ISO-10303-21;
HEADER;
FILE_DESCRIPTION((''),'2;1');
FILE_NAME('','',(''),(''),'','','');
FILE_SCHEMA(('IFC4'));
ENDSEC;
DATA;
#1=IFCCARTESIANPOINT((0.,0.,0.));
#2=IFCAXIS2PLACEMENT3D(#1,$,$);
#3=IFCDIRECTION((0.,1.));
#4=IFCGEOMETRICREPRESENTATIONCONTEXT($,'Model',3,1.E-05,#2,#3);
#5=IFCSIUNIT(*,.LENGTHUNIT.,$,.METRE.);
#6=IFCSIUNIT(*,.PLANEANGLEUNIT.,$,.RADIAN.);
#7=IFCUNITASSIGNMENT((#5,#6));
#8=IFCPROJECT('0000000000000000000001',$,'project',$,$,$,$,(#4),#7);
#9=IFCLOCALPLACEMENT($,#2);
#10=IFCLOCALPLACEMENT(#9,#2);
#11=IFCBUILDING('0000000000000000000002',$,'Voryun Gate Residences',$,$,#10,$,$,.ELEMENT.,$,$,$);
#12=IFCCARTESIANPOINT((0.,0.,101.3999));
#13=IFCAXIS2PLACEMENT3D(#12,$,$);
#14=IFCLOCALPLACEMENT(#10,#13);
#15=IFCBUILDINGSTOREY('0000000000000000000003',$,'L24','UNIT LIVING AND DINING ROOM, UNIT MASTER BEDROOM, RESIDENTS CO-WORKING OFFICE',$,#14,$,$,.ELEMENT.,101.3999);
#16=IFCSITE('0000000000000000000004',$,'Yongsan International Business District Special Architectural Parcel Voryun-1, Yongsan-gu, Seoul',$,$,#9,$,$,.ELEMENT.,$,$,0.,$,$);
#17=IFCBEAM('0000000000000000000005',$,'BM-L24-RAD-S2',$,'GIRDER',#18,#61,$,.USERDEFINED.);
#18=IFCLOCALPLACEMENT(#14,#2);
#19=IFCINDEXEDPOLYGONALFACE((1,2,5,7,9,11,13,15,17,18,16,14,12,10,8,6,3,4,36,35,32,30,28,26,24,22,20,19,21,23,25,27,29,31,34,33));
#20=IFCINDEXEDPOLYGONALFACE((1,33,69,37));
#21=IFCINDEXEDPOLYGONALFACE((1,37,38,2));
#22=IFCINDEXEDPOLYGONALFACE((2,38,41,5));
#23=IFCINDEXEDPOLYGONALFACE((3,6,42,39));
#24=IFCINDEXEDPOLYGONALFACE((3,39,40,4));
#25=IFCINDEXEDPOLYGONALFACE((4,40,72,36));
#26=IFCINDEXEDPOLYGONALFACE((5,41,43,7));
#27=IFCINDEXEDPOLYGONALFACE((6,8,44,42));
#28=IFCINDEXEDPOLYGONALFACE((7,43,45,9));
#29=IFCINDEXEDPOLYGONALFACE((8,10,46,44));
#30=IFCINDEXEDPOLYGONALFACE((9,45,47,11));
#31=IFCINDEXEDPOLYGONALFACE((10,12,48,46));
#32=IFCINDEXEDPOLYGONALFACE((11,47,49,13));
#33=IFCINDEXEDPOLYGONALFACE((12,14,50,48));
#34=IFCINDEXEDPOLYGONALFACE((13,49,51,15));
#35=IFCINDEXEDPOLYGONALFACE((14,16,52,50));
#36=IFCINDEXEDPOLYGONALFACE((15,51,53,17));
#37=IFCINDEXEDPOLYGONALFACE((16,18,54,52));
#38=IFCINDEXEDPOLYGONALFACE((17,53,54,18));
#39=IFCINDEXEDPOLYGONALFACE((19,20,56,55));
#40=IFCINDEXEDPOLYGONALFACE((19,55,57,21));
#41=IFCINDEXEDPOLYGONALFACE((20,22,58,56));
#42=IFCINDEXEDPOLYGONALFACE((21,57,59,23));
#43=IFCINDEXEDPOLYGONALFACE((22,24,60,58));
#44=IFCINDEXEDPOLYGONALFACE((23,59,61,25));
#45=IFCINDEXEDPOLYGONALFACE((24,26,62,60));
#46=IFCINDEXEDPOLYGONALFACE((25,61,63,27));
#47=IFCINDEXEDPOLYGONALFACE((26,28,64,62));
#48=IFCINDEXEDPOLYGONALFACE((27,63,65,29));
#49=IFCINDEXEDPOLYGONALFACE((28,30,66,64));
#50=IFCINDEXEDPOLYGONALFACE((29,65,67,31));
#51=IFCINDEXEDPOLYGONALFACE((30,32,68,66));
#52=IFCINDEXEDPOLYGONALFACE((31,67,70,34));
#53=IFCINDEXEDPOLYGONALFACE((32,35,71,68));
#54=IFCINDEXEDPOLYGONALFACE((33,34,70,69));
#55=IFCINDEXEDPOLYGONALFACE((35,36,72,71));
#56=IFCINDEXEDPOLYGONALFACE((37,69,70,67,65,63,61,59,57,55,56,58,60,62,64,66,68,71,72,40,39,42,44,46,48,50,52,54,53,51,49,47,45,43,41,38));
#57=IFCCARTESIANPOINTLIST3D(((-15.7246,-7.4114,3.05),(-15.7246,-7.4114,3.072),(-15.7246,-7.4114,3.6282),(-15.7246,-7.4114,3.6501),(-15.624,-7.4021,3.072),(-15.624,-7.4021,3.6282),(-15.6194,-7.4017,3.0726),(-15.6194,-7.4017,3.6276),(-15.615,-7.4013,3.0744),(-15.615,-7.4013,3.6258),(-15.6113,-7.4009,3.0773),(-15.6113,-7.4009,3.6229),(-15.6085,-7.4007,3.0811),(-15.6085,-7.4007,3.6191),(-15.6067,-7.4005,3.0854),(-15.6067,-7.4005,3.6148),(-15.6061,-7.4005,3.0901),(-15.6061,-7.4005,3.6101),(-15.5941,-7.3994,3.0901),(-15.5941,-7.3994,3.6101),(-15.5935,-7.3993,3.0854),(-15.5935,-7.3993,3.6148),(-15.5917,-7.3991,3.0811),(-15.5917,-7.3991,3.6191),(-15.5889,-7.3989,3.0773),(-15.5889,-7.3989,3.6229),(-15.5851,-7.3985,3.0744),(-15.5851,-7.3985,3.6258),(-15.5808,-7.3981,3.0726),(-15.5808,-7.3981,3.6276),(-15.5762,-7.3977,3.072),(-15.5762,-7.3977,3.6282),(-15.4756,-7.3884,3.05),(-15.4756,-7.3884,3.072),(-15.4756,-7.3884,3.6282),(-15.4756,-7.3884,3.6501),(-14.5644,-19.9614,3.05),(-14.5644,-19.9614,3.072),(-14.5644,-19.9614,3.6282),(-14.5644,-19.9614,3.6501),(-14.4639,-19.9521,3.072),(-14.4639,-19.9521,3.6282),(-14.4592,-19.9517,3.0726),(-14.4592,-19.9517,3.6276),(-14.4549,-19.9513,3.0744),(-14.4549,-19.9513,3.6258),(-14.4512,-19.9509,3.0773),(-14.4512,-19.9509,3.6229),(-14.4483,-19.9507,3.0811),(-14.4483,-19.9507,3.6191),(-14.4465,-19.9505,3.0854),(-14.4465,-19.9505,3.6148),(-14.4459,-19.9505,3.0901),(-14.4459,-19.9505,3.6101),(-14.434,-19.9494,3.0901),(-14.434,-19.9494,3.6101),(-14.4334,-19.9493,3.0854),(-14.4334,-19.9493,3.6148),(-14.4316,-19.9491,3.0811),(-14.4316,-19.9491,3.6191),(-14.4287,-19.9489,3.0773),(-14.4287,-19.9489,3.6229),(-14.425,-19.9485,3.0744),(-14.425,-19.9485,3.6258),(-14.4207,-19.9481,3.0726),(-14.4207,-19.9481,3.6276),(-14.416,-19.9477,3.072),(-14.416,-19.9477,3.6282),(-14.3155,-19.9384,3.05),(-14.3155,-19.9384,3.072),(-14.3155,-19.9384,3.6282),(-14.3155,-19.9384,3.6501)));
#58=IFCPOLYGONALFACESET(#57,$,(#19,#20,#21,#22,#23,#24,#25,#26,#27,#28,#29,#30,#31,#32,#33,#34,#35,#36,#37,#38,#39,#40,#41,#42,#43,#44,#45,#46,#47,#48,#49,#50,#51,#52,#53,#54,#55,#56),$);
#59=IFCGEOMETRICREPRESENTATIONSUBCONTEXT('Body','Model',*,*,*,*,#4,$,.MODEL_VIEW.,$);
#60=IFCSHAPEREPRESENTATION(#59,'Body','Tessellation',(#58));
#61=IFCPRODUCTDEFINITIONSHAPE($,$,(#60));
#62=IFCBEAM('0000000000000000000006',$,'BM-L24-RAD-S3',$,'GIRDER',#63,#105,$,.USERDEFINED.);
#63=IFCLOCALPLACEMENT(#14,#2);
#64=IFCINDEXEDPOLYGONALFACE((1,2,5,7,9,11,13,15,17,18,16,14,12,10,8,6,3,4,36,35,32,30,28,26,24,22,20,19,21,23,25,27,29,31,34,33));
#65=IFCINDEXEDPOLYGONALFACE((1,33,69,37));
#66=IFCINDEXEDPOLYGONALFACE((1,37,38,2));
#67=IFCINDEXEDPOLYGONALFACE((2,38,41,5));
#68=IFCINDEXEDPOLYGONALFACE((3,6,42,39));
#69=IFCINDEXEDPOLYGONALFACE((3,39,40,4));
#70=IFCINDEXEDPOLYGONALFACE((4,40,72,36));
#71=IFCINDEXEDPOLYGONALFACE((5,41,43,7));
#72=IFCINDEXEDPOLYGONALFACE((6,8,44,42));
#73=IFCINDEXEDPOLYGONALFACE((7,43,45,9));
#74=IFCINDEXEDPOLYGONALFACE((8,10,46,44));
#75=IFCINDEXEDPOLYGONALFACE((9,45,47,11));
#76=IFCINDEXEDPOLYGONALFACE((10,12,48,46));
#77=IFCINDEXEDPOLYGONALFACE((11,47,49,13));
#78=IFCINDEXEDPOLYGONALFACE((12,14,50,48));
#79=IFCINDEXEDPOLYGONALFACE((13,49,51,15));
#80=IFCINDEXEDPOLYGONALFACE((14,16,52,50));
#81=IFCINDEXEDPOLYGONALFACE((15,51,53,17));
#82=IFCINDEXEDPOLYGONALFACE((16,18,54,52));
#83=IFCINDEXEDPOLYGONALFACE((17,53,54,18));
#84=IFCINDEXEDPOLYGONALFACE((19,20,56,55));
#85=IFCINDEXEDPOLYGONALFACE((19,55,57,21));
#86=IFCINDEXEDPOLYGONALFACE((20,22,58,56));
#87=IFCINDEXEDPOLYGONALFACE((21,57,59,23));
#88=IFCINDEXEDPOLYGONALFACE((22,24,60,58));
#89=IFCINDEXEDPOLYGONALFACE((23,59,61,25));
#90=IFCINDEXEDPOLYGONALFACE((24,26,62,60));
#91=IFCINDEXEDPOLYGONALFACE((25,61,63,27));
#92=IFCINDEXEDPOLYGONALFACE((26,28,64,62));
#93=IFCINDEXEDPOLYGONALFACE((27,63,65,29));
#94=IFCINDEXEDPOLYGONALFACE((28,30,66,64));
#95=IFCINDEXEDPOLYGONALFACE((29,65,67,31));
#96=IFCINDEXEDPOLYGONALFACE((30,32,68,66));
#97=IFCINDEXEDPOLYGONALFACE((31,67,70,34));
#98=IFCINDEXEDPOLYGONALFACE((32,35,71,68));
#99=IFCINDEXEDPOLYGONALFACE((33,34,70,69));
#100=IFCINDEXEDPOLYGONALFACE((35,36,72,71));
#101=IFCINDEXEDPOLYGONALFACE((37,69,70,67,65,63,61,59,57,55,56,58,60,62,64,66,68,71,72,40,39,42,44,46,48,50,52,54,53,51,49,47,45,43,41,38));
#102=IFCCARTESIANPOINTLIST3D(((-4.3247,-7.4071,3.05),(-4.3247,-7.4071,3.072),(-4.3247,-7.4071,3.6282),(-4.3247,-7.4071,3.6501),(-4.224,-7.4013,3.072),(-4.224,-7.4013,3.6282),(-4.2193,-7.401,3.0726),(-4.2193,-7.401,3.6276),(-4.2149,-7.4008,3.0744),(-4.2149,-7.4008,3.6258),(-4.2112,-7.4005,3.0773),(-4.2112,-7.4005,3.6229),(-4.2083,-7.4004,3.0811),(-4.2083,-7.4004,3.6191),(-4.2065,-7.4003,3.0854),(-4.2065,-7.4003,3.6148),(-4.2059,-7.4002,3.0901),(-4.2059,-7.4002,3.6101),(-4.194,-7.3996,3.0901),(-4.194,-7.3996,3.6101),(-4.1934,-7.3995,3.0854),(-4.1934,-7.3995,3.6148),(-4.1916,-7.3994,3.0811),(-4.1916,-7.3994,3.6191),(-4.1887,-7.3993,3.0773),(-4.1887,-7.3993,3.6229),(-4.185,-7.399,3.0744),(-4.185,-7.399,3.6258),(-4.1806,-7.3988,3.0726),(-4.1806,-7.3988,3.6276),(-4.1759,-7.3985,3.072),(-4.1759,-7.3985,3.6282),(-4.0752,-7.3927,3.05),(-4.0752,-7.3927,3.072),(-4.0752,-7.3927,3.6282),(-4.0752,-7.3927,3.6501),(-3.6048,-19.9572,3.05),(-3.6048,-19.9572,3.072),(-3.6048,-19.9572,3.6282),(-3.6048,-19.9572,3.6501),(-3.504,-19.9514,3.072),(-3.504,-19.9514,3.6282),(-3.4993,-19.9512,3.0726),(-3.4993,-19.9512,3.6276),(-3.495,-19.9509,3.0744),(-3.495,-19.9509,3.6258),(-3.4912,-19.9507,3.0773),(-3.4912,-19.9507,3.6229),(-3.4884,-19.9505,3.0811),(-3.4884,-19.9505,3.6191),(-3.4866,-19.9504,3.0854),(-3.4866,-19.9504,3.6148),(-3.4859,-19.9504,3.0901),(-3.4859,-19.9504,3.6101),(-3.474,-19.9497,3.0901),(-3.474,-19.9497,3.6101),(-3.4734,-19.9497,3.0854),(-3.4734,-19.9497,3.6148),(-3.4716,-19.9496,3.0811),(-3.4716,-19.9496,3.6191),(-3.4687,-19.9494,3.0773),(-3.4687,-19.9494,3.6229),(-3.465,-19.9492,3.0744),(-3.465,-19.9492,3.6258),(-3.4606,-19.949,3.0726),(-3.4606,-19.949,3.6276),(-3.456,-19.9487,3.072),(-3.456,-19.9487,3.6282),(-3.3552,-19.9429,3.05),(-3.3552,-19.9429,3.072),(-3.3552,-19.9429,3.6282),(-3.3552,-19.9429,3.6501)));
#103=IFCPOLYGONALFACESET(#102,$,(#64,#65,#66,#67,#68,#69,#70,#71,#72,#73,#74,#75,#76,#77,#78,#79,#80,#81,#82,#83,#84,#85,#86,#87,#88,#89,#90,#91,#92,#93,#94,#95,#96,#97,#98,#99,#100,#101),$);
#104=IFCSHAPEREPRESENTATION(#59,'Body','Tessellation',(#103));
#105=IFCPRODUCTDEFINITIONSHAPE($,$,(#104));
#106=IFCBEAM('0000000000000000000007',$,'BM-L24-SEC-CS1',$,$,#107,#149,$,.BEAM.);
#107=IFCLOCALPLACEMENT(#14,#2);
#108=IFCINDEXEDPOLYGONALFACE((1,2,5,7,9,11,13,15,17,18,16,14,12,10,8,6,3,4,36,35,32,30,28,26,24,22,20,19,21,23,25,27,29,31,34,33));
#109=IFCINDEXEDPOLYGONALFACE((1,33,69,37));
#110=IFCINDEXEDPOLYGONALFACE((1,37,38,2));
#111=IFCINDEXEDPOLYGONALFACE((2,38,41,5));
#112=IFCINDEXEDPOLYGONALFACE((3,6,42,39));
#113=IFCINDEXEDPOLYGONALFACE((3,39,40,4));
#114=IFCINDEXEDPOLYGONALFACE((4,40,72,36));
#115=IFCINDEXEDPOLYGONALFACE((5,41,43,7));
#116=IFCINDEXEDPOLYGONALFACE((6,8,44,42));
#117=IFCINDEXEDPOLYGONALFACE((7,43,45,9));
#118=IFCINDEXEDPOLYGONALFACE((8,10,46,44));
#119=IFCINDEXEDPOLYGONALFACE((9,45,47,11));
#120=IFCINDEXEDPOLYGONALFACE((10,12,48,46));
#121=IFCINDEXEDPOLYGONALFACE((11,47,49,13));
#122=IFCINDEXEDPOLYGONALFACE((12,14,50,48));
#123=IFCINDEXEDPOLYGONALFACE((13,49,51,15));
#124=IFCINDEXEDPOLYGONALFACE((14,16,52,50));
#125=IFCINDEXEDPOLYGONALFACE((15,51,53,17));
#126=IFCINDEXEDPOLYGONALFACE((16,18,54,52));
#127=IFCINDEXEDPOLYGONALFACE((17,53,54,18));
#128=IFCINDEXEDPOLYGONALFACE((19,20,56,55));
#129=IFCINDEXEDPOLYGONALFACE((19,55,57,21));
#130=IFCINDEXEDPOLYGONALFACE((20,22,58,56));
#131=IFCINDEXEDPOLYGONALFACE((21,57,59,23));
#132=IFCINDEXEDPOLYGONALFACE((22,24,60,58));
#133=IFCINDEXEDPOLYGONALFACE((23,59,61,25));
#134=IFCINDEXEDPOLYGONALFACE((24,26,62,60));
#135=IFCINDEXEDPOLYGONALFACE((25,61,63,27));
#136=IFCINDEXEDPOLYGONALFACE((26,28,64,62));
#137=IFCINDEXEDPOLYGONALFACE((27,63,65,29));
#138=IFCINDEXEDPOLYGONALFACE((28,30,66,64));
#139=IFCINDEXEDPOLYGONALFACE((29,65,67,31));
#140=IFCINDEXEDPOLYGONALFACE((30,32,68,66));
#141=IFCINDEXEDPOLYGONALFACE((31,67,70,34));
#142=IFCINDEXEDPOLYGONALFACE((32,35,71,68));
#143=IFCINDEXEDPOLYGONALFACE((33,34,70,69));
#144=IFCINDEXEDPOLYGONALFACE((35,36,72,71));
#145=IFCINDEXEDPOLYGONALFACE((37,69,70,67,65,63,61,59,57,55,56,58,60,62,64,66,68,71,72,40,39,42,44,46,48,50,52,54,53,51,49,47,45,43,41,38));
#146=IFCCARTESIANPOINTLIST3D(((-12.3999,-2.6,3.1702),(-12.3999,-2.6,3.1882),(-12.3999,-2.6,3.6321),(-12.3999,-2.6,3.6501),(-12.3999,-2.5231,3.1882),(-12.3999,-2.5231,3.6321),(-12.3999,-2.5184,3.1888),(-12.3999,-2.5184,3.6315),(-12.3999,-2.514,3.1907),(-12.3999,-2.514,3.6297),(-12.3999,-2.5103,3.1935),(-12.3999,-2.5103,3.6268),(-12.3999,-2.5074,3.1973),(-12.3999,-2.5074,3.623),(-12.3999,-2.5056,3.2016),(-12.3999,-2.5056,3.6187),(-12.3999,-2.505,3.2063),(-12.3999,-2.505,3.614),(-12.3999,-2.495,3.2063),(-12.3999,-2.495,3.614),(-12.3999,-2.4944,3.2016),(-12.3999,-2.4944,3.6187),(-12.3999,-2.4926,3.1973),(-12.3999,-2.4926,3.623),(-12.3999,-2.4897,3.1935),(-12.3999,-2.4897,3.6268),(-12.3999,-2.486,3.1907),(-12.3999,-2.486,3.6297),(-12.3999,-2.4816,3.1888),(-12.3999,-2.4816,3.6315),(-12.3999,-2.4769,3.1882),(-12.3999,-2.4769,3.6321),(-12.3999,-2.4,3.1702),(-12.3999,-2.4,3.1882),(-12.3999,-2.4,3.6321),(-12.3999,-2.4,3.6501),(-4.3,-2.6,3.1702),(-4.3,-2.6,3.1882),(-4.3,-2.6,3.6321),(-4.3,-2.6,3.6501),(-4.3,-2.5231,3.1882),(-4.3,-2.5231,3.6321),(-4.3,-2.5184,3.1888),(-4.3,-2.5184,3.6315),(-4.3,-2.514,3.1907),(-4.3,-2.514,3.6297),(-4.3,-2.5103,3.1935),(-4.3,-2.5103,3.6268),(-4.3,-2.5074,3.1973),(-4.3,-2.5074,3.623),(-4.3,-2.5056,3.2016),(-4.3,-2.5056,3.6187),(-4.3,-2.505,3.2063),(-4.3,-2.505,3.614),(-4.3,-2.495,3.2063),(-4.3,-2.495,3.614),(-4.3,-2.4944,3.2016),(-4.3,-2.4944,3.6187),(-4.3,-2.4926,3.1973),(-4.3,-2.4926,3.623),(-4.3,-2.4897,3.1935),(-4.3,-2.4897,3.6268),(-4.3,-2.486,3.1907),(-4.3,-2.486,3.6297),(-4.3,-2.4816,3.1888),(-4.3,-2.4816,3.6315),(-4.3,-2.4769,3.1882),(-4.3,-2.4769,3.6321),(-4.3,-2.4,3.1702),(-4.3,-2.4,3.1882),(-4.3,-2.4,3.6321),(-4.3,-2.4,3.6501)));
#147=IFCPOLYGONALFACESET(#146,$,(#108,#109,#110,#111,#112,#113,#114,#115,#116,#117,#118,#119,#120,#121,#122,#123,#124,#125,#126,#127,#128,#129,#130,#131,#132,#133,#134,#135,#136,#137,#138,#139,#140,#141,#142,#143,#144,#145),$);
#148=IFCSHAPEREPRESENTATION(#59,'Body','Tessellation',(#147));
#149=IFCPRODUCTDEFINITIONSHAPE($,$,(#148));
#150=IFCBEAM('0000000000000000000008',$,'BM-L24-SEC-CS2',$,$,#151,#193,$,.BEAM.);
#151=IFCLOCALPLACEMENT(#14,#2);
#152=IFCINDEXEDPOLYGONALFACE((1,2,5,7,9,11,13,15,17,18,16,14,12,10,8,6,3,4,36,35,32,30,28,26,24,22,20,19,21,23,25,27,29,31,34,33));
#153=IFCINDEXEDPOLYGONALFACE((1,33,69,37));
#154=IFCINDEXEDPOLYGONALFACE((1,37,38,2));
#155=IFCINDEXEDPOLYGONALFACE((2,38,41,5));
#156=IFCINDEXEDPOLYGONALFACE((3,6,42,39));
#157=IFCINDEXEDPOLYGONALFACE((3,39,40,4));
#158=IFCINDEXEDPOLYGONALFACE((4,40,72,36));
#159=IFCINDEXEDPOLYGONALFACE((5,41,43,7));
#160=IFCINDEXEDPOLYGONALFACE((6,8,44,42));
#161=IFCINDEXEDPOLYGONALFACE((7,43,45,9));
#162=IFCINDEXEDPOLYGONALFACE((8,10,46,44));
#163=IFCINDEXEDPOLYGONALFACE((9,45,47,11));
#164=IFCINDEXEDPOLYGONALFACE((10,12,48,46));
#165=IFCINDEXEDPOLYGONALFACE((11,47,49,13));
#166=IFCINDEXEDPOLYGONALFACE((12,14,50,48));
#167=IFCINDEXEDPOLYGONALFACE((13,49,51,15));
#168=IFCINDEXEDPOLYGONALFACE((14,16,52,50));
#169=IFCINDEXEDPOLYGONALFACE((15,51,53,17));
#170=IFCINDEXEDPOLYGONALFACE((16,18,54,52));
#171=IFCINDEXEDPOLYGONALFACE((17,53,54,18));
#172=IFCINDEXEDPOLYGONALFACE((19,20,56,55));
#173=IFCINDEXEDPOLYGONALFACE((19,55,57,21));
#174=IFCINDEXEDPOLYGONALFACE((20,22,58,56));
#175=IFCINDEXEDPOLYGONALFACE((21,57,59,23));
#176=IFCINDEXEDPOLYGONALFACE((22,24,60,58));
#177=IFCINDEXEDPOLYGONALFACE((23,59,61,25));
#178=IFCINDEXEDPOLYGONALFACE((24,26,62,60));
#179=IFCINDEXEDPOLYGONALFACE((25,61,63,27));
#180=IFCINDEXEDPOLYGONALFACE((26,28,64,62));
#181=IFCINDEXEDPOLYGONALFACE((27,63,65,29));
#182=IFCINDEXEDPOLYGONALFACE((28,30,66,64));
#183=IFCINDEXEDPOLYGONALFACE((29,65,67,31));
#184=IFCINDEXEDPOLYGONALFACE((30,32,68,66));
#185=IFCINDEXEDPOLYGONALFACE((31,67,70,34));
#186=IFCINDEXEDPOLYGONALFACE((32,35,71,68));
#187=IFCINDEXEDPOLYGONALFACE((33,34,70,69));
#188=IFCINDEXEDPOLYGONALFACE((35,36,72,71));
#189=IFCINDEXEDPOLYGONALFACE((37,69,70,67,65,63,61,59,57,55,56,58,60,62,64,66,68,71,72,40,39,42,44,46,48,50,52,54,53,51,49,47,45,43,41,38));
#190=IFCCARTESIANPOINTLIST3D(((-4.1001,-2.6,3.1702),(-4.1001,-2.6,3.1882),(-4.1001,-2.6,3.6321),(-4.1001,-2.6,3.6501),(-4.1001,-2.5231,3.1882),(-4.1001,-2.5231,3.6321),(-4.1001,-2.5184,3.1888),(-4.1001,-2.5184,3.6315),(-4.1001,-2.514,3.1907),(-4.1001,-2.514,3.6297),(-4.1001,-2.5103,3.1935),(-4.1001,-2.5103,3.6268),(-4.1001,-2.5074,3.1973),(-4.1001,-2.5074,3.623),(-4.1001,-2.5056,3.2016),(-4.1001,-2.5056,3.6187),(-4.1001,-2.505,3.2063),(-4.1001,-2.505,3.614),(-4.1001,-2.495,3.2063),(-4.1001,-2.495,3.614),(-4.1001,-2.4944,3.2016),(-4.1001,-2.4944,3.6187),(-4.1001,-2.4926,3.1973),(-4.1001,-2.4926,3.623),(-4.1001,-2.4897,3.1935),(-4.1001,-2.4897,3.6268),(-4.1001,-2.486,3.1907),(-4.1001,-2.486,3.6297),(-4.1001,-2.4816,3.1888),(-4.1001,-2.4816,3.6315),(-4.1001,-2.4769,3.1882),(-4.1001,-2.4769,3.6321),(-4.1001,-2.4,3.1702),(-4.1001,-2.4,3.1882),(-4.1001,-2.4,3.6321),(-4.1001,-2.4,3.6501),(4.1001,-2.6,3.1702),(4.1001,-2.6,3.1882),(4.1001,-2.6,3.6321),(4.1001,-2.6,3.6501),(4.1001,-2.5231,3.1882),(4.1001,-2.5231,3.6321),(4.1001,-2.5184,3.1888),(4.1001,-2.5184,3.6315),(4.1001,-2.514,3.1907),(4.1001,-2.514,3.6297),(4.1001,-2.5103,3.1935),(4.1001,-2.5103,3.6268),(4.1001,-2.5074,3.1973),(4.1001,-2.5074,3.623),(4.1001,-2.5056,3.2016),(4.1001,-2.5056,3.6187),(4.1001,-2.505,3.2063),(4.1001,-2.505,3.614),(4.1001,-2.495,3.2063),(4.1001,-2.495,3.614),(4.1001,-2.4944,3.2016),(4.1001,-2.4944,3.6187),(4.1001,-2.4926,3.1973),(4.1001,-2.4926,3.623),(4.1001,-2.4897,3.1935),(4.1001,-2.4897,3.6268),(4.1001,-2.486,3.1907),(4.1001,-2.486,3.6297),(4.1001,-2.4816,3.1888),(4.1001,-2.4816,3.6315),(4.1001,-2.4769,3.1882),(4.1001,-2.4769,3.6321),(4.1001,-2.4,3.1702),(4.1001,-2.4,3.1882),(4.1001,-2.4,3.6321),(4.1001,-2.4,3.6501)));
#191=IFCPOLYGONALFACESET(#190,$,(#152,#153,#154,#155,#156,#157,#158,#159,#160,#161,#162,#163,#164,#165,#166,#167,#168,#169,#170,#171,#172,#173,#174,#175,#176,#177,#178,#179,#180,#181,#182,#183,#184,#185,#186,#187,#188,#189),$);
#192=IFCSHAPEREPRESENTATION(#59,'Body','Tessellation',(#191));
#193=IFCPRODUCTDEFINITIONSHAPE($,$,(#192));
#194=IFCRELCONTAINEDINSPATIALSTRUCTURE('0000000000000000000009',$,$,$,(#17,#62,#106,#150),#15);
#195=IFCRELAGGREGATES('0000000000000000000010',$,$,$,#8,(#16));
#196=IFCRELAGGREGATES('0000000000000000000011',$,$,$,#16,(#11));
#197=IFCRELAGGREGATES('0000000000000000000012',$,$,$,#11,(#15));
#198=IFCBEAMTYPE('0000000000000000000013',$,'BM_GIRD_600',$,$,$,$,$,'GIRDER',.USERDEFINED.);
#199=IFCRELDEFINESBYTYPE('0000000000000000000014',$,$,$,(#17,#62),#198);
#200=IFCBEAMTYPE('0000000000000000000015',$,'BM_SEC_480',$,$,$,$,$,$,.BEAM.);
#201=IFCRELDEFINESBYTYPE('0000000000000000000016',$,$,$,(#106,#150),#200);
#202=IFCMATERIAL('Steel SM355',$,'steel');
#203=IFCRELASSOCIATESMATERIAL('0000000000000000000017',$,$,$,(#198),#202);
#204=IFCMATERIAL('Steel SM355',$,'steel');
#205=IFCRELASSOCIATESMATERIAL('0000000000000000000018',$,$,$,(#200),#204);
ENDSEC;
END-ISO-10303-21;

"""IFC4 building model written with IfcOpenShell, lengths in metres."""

from ifc_helpers import new_model, si_unit, direction, frame, origin, origin_2d, place, context, subcontext, project, spatial, i_section, extrude, material, material_profile, profile_set, type_object, element, save


model = new_model("IFC4")

# Units and contexts
model_context = context("Model", 3, precision=1e-05, world=origin(), true_north=direction((0.0, 1.0)))
body_context = subcontext(model_context, "Body", "Model", "MODEL_VIEW")
ifc_project = project(units=[si_unit("LENGTHUNIT", "METRE"), si_unit("PLANEANGLEUNIT", "RADIAN")], contexts=[model_context])

# Site, building, storey
site_placement = place(None, origin())
site = spatial("IfcSite", under=ifc_project, at=site_placement, Name="Yongsan International Business District Special Architectural Parcel Voryun-1, Yongsan-gu, Seoul", CompositionType="ELEMENT", RefElevation=0.0)
building_placement = place(site_placement, origin())
building = spatial("IfcBuilding", under=site, at=building_placement, Name="Voryun Gate Residences", CompositionType="ELEMENT")
storey_placement = place(building_placement, frame((0.0, 0.0, 101.3999)))
storey = spatial("IfcBuildingStorey", under=building, at=storey_placement, Name="L24", Description="UNIT LIVING AND DINING ROOM, UNIT MASTER BEDROOM, RESIDENTS CO-WORKING OFFICE", CompositionType="ELEMENT", Elevation=101.3999)

# Beams
ifc_material_1 = material(Name="Steel SM355", Category="steel")
ifc_material_profile_1 = material_profile(ifc_material_1, i_section(OverallWidth=0.25, OverallDepth=0.6001, WebThickness=0.012, FlangeThickness=0.022, FilletRadius=0.0181, at=origin_2d()), Name="H-600x250x12x22")
ifc_profile_set_1 = profile_set([ifc_material_profile_1], Name="Steel SM355")
beam_type_1 = type_object("IfcBeamType", Name="BM_GIRD_600", ElementType="GIRDER", PredefinedType="USERDEFINED", material=ifc_profile_set_1)
beam_1_placement = place(storey_placement, frame((-15.6001, -7.3999, 3.3501), z_axis=(0.09205, -0.995754, 0.0), x_axis=(0.995754, 0.09205, 0.0)))
element("IfcBeam", 1, at=beam_1_placement, inside=storey, type_object=beam_type_1, Name="BM-L24-RAD-S2", ObjectType="GIRDER", PredefinedType="USERDEFINED", context=body_context, shape_type="SweptSolid", body=[
    extrude(i_section(OverallWidth=0.25, OverallDepth=0.6001, WebThickness=0.012, FlangeThickness=0.022, FilletRadius=0.0181, at=origin_2d()), origin(), (0.0, 0.0, 1.0), 12.6035),
])
beam_2_placement = place(storey_placement, frame((-4.2, -7.3999, 3.3501), z_axis=(0.057274, -0.998359, 0.0), x_axis=(0.998359, 0.057274, 0.0)))
element("IfcBeam", 2, at=beam_2_placement, inside=storey, type_object=beam_type_1, Name="BM-L24-RAD-S3", ObjectType="GIRDER", PredefinedType="USERDEFINED", context=body_context, shape_type="SweptSolid", body=[
    extrude(i_section(OverallWidth=0.25, OverallDepth=0.6001, WebThickness=0.012, FlangeThickness=0.022, FilletRadius=0.0181, at=origin_2d()), origin(), (0.0, 0.0, 1.0), 12.5708),
])
ifc_material_2 = material(Name="Steel SM355", Category="steel")
ifc_material_profile_2 = material_profile(ifc_material_2, i_section(OverallWidth=0.2, OverallDepth=0.48, WebThickness=0.01, FlangeThickness=0.0181, FilletRadius=0.0181, at=origin_2d()), Name="H-480x200x10x18")
ifc_profile_set_2 = profile_set([ifc_material_profile_2], Name="Steel SM355")
beam_type_2 = type_object("IfcBeamType", Name="BM_SEC_480", PredefinedType="BEAM", material=ifc_profile_set_2)
beam_3_placement = place(storey_placement, frame((-12.3999, -2.5, 3.4102), z_axis=(1.0, 0.0, 0.0), x_axis=(0.0, 1.0, 0.0)))
element("IfcBeam", 3, at=beam_3_placement, inside=storey, type_object=beam_type_2, Name="BM-L24-SEC-CS1", PredefinedType="BEAM", context=body_context, shape_type="SweptSolid", body=[
    extrude(i_section(OverallWidth=0.2, OverallDepth=0.48, WebThickness=0.01, FlangeThickness=0.0181, FilletRadius=0.0181, at=origin_2d()), origin(), (0.0, 0.0, 1.0), 8.0999),
])
beam_4_placement = place(storey_placement, frame((-4.1001, -2.5, 3.4102), z_axis=(1.0, 0.0, 0.0), x_axis=(0.0, 1.0, 0.0)))
element("IfcBeam", 4, at=beam_4_placement, inside=storey, type_object=beam_type_2, Name="BM-L24-SEC-CS2", PredefinedType="BEAM", context=body_context, shape_type="SweptSolid", body=[
    extrude(i_section(OverallWidth=0.2, OverallDepth=0.48, WebThickness=0.01, FlangeThickness=0.0181, FilletRadius=0.0181, at=origin_2d()), origin(), (0.0, 0.0, 1.0), 8.2002),
])

save(model, "model.ifc")
